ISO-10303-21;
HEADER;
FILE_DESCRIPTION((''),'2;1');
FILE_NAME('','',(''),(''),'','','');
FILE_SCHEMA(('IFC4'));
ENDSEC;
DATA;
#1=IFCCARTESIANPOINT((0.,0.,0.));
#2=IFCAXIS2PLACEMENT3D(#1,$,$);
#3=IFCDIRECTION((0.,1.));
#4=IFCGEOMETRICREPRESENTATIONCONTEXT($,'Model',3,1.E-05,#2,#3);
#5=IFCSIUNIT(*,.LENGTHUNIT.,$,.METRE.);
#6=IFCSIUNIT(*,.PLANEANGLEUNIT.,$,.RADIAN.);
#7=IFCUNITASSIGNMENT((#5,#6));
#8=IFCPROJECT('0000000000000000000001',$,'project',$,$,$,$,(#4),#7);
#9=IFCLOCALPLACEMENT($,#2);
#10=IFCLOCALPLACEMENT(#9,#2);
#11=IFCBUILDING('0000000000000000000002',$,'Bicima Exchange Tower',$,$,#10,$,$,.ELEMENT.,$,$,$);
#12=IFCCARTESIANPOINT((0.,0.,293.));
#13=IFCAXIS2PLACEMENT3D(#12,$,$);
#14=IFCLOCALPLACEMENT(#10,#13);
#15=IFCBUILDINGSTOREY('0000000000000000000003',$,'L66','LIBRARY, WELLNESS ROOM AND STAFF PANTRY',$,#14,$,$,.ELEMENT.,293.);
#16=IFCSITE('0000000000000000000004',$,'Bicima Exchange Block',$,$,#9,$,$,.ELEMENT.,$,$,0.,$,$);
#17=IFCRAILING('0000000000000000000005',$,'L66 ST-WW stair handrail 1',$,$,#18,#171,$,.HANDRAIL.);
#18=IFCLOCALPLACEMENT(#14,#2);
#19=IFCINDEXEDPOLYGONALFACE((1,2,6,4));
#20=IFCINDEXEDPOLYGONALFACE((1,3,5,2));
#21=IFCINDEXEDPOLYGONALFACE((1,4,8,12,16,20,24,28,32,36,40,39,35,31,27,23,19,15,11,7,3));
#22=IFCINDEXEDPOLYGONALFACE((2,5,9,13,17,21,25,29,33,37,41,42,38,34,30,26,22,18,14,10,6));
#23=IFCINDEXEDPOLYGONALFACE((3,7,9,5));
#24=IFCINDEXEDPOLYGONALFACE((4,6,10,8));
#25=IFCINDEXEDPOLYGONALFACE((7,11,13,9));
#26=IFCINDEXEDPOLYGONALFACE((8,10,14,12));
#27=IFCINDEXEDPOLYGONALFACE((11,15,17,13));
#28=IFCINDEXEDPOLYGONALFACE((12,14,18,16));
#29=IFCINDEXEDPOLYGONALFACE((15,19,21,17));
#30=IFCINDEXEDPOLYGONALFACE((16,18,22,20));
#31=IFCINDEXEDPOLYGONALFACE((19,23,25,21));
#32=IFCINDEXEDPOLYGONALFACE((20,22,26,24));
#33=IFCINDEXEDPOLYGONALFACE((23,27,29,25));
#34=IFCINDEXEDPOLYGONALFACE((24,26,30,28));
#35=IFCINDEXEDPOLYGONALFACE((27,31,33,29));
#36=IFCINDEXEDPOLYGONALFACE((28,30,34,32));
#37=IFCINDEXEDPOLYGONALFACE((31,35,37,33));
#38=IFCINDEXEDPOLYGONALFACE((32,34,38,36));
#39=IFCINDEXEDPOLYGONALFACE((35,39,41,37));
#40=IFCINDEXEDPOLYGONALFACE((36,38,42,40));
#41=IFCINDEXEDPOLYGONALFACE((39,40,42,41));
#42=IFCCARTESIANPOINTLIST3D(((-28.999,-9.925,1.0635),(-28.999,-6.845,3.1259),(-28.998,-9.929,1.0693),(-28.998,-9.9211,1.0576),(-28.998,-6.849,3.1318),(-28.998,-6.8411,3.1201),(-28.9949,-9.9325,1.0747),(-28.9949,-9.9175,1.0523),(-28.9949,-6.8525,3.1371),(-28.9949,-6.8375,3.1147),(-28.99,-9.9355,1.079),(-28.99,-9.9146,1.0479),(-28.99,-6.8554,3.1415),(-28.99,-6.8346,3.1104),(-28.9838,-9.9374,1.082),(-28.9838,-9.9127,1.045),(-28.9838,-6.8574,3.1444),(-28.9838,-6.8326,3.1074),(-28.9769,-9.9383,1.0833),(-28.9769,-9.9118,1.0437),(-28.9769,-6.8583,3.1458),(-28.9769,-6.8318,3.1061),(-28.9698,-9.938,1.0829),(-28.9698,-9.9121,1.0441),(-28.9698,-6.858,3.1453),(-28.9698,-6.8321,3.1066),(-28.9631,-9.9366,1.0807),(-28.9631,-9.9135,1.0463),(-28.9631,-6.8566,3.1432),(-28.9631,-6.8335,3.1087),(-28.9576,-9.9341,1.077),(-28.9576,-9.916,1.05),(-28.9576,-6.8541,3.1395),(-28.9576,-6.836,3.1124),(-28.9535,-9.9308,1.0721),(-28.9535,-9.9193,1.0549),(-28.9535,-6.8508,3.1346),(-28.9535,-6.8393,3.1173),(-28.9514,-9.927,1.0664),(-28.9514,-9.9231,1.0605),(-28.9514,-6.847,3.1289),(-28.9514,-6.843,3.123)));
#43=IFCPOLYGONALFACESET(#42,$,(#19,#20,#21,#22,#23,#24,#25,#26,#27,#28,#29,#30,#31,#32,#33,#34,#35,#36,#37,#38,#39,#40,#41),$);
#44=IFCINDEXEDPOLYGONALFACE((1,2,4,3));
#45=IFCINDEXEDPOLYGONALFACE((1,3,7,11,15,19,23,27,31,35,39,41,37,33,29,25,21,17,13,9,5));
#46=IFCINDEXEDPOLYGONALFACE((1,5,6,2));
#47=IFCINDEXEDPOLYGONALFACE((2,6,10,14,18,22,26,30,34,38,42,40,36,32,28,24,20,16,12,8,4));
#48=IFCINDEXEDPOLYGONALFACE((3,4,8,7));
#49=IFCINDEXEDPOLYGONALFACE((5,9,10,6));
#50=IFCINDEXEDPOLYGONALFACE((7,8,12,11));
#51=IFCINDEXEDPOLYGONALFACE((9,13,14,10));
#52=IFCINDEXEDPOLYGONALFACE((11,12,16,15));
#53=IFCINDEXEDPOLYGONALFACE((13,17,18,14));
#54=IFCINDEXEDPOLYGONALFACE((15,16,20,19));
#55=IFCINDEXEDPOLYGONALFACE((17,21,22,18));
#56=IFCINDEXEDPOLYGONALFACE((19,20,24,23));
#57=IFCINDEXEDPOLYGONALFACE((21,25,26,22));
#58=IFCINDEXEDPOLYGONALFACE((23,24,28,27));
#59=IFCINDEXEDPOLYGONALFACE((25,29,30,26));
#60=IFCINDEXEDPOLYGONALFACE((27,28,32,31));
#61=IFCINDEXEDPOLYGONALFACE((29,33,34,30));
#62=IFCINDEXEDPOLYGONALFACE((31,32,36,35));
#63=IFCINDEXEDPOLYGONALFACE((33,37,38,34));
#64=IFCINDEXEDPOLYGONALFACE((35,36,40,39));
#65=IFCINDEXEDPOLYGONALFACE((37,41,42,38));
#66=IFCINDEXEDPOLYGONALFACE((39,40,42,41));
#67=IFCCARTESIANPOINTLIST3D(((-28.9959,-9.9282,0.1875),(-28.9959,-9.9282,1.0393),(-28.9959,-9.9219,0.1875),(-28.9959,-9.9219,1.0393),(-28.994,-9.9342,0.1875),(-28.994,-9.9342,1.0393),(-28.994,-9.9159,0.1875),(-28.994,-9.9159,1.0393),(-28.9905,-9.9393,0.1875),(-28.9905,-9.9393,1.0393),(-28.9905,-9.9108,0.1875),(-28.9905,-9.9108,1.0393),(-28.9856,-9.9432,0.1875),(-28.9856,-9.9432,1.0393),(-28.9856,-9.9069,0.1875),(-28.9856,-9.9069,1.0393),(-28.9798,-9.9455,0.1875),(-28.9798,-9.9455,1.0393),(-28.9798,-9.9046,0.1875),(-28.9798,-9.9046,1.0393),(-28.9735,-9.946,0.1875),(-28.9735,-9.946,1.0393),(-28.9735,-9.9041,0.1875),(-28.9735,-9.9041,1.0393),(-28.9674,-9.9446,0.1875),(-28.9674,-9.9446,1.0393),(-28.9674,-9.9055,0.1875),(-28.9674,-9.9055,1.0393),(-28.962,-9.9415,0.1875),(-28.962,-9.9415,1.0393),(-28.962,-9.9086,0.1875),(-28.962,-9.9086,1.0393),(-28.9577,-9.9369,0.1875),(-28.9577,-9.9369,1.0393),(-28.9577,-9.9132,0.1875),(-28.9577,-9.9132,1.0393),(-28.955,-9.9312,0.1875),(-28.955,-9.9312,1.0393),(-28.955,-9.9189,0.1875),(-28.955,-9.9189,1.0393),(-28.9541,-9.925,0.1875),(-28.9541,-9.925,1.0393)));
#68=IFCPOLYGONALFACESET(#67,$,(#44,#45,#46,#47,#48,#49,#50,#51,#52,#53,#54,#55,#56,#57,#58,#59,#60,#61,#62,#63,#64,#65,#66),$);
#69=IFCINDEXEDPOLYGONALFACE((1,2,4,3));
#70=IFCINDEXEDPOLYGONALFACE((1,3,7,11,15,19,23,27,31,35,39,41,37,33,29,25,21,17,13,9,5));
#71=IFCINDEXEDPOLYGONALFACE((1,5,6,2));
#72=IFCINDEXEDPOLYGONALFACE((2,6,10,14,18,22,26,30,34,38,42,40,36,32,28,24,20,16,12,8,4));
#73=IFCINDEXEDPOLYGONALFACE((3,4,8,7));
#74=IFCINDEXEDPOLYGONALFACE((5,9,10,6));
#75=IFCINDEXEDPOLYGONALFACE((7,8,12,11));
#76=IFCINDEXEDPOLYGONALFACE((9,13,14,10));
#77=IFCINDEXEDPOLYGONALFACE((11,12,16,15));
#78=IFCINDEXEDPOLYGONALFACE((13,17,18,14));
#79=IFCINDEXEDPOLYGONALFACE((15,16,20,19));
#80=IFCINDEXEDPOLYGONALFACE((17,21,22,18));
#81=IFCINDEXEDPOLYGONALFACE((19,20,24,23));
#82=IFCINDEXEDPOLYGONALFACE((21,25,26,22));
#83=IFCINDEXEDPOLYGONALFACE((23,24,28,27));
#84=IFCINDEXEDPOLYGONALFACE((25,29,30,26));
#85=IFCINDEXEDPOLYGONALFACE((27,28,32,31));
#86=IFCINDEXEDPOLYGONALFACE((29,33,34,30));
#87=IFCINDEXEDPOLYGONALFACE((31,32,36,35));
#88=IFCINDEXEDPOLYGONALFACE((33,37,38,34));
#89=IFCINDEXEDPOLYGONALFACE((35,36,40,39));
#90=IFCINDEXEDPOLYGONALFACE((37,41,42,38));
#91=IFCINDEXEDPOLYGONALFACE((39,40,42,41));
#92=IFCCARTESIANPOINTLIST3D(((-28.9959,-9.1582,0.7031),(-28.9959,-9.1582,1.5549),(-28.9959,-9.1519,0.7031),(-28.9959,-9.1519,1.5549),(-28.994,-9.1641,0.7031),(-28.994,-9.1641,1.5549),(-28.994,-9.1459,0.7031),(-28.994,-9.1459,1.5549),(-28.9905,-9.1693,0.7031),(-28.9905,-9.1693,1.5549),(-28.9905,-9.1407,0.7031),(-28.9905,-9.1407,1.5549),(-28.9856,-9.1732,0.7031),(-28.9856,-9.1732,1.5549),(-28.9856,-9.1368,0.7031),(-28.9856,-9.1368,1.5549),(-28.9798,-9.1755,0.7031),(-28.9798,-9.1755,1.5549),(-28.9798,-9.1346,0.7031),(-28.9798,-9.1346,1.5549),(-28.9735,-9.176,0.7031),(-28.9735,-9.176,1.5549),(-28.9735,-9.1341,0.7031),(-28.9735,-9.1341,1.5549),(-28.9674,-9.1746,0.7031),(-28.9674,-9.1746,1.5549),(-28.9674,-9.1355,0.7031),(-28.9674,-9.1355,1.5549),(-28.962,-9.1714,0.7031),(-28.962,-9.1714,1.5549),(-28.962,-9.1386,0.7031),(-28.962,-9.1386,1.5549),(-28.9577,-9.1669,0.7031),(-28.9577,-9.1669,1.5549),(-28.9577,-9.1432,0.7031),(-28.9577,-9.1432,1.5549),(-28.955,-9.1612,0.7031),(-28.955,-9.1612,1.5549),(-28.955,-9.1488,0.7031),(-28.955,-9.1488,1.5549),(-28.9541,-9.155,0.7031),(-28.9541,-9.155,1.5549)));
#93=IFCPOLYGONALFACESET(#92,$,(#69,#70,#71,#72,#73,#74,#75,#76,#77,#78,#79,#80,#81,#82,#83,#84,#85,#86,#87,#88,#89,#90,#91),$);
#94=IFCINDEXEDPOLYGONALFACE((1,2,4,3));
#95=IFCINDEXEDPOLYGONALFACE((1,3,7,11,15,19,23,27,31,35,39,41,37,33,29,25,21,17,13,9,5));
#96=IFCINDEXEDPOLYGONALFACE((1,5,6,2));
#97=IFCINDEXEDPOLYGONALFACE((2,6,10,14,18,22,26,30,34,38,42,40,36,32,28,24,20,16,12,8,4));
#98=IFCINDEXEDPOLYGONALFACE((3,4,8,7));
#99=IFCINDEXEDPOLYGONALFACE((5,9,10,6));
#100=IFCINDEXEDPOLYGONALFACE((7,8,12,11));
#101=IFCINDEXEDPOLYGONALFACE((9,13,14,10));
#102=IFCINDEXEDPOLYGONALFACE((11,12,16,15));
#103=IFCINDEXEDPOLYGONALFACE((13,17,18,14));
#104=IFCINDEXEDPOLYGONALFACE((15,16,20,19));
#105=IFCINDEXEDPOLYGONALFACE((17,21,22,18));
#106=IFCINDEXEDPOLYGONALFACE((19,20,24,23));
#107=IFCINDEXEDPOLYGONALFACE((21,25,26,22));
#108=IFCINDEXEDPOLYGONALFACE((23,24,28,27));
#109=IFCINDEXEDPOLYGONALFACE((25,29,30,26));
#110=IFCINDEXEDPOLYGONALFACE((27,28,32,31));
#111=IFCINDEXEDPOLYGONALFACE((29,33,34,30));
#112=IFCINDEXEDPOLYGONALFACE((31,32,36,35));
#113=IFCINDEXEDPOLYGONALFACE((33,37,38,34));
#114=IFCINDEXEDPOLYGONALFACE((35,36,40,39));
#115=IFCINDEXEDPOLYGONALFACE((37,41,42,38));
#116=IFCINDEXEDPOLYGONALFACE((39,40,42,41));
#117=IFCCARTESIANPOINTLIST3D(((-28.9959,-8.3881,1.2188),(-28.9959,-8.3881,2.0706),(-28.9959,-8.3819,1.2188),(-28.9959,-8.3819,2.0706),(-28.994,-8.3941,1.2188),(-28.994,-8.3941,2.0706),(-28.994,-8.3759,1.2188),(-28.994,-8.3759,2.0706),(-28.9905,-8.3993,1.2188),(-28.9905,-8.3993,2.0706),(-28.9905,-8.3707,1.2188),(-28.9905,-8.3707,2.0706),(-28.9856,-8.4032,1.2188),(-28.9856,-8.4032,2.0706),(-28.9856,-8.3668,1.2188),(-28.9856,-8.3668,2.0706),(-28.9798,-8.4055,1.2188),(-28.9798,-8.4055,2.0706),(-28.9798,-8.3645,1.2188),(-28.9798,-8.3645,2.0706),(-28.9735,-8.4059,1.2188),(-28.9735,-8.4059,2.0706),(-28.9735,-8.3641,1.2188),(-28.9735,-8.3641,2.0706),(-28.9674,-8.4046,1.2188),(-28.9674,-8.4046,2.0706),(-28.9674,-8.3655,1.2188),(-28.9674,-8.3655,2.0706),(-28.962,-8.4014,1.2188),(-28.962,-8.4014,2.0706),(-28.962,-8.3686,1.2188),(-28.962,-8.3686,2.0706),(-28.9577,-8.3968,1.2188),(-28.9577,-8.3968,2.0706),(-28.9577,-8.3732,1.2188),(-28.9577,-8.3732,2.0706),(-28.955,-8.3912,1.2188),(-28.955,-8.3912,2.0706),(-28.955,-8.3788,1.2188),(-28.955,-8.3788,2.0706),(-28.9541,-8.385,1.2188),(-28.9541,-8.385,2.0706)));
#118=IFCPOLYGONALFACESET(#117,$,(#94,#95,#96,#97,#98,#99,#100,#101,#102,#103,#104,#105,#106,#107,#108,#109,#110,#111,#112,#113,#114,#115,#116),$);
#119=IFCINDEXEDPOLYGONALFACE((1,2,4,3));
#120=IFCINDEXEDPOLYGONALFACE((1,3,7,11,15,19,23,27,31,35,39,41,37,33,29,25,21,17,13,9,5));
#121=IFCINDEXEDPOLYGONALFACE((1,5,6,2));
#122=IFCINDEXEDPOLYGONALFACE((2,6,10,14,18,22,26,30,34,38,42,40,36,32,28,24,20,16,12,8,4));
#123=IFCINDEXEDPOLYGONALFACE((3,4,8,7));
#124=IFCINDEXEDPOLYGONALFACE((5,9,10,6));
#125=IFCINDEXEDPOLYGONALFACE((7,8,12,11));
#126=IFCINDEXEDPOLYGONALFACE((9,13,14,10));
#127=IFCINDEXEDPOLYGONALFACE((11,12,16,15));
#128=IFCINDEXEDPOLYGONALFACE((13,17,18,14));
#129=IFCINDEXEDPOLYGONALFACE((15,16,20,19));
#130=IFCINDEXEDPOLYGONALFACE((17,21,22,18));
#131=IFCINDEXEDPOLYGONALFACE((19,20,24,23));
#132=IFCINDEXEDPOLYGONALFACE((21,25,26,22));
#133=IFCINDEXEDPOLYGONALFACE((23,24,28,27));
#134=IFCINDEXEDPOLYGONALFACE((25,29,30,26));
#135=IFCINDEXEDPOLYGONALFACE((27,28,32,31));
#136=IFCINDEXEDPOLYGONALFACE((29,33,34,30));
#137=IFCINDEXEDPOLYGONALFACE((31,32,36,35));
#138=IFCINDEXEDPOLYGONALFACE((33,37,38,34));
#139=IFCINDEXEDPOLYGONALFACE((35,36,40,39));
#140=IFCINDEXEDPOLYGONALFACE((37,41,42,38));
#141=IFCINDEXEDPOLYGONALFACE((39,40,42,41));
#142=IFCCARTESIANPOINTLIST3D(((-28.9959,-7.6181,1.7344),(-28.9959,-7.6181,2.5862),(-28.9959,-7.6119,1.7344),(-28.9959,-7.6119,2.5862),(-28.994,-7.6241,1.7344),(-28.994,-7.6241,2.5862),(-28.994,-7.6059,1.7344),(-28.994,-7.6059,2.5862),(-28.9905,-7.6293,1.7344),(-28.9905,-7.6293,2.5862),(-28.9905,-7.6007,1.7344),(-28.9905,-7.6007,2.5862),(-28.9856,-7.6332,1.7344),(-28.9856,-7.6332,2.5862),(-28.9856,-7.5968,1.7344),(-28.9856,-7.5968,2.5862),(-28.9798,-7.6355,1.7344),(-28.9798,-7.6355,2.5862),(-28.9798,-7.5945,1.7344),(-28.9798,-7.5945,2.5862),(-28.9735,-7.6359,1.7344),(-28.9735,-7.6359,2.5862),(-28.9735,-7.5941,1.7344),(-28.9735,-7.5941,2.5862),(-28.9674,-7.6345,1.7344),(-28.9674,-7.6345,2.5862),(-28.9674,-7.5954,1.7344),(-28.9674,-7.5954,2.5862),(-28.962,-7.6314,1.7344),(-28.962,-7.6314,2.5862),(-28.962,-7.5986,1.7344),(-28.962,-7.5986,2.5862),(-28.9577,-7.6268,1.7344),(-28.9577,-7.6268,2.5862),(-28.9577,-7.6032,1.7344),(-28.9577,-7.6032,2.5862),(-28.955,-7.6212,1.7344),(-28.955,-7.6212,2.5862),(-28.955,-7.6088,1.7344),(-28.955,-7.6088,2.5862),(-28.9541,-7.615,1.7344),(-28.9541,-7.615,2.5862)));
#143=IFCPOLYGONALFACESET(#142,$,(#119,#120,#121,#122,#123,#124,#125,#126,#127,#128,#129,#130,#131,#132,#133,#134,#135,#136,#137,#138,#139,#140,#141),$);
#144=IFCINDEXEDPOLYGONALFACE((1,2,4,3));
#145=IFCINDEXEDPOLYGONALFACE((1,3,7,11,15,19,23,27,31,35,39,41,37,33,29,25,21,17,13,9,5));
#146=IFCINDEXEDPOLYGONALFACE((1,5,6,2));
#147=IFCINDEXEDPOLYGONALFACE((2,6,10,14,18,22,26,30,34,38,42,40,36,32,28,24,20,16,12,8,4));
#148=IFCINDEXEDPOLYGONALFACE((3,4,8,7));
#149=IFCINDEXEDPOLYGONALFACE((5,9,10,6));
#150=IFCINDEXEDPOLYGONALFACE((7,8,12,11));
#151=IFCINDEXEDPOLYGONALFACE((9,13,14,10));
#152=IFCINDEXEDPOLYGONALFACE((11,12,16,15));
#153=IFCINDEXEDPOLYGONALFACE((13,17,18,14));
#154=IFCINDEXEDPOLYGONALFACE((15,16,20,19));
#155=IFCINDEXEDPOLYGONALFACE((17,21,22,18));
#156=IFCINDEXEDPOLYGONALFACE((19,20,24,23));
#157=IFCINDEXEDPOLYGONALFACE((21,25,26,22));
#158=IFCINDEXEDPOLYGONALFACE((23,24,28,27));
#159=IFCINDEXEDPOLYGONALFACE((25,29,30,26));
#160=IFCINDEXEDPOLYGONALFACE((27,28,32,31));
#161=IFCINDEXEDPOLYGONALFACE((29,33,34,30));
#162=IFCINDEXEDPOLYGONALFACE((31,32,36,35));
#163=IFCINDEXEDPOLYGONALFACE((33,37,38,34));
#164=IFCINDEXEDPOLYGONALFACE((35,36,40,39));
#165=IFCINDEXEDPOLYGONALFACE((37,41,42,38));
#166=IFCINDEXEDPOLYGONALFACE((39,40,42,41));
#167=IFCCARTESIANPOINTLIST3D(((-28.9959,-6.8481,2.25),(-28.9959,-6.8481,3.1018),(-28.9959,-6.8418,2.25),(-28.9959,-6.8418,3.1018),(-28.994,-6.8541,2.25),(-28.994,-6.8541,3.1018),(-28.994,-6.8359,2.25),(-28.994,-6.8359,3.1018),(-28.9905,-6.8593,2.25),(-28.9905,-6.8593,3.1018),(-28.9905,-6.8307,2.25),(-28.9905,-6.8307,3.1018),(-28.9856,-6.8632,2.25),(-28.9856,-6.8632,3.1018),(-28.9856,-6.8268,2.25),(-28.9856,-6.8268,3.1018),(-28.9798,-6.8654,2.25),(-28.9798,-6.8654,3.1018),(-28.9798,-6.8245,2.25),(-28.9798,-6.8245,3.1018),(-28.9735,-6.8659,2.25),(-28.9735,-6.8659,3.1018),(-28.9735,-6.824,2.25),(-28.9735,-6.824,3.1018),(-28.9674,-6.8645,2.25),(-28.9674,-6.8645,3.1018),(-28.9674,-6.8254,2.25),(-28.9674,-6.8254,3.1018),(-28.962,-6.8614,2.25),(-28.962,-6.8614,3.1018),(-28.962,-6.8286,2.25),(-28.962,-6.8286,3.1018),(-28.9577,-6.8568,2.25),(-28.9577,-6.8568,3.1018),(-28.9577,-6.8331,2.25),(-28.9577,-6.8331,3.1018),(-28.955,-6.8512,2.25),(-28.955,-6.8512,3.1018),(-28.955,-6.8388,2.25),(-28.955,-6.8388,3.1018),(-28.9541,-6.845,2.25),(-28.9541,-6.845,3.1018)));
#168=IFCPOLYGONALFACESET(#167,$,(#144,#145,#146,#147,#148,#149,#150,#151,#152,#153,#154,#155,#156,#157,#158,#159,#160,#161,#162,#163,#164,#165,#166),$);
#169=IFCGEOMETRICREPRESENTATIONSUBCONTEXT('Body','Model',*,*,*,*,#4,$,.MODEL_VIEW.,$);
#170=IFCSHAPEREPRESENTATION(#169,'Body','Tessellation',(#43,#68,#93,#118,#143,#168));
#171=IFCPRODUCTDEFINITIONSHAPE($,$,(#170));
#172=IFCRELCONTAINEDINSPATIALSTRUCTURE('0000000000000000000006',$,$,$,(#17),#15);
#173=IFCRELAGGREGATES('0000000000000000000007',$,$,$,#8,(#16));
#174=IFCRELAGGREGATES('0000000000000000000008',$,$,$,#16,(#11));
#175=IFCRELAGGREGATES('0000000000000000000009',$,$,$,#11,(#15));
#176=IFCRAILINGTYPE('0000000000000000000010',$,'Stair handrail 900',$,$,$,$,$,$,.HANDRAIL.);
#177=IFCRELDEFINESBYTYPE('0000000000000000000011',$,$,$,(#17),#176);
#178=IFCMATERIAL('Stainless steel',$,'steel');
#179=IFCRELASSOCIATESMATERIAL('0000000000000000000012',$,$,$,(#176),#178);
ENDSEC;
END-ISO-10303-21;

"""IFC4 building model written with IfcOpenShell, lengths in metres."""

from ifc_helpers import new_model, si_unit, direction, frame, origin, origin_2d, place, context, subcontext, project, spatial, circle, extrude, material, type_object, element, save


model = new_model("IFC4")

# Units and contexts
model_context = context("Model", 3, precision=1e-05, world=origin(), true_north=direction((0.0, 1.0)))
body_context = subcontext(model_context, "Body", "Model", "MODEL_VIEW")
ifc_project = project(units=[si_unit("LENGTHUNIT", "METRE"), si_unit("PLANEANGLEUNIT", "RADIAN")], contexts=[model_context])

# Site, building, storey
site_placement = place(None, origin())
site = spatial("IfcSite", under=ifc_project, at=site_placement, Name="Bicima Exchange Block", CompositionType="ELEMENT", RefElevation=0.0)
building_placement = place(site_placement, origin())
building = spatial("IfcBuilding", under=site, at=building_placement, Name="Bicima Exchange Tower", CompositionType="ELEMENT")
storey_placement = place(building_placement, frame((0.0, 0.0, 293.0)))
storey = spatial("IfcBuildingStorey", under=building, at=storey_placement, Name="L66", Description="LIBRARY, WELLNESS ROOM AND STAFF PANTRY", CompositionType="ELEMENT", Elevation=293.0)

# Railing
ifc_material_1 = material(Name="Stainless steel", Category="steel")
railing_type_1 = type_object("IfcRailingType", Name="Stair handrail 900", PredefinedType="HANDRAIL", material=ifc_material_1)
railing_1_placement = place(storey_placement, frame((-28.9751, -9.925, 0.1875)))
element("IfcRailing", 1, at=railing_1_placement, inside=storey, type_object=railing_type_1, Name="L66 ST-WW stair handrail 1", PredefinedType="HANDRAIL", context=body_context, shape_type="SweptSolid", body=[
    extrude(circle(Radius=0.0239, at=origin_2d()), frame((0.0, 0.0, 0.876), z_axis=(0.0, 0.830914, 0.556401), x_axis=(-1.0, 0.0, 0.0)), (0.0, 0.0, 1.0), 3.7068),
    extrude(circle(Radius=0.021, at=origin_2d()), origin(), (0.0, 0.0, 1.0), 0.8518),
    extrude(circle(Radius=0.021, at=origin_2d()), frame((0.0, 0.77, 0.5156)), (0.0, 0.0, 1.0), 0.8518),
    extrude(circle(Radius=0.021, at=origin_2d()), frame((0.0, 1.54, 1.0312)), (0.0, 0.0, 1.0), 0.8518),
    extrude(circle(Radius=0.021, at=origin_2d()), frame((0.0, 2.3101, 1.5469)), (0.0, 0.0, 1.0), 0.8518),
    extrude(circle(Radius=0.021, at=origin_2d()), frame((0.0, 3.0801, 2.0625)), (0.0, 0.0, 1.0), 0.8518),
])

save(model, "model.ifc")
